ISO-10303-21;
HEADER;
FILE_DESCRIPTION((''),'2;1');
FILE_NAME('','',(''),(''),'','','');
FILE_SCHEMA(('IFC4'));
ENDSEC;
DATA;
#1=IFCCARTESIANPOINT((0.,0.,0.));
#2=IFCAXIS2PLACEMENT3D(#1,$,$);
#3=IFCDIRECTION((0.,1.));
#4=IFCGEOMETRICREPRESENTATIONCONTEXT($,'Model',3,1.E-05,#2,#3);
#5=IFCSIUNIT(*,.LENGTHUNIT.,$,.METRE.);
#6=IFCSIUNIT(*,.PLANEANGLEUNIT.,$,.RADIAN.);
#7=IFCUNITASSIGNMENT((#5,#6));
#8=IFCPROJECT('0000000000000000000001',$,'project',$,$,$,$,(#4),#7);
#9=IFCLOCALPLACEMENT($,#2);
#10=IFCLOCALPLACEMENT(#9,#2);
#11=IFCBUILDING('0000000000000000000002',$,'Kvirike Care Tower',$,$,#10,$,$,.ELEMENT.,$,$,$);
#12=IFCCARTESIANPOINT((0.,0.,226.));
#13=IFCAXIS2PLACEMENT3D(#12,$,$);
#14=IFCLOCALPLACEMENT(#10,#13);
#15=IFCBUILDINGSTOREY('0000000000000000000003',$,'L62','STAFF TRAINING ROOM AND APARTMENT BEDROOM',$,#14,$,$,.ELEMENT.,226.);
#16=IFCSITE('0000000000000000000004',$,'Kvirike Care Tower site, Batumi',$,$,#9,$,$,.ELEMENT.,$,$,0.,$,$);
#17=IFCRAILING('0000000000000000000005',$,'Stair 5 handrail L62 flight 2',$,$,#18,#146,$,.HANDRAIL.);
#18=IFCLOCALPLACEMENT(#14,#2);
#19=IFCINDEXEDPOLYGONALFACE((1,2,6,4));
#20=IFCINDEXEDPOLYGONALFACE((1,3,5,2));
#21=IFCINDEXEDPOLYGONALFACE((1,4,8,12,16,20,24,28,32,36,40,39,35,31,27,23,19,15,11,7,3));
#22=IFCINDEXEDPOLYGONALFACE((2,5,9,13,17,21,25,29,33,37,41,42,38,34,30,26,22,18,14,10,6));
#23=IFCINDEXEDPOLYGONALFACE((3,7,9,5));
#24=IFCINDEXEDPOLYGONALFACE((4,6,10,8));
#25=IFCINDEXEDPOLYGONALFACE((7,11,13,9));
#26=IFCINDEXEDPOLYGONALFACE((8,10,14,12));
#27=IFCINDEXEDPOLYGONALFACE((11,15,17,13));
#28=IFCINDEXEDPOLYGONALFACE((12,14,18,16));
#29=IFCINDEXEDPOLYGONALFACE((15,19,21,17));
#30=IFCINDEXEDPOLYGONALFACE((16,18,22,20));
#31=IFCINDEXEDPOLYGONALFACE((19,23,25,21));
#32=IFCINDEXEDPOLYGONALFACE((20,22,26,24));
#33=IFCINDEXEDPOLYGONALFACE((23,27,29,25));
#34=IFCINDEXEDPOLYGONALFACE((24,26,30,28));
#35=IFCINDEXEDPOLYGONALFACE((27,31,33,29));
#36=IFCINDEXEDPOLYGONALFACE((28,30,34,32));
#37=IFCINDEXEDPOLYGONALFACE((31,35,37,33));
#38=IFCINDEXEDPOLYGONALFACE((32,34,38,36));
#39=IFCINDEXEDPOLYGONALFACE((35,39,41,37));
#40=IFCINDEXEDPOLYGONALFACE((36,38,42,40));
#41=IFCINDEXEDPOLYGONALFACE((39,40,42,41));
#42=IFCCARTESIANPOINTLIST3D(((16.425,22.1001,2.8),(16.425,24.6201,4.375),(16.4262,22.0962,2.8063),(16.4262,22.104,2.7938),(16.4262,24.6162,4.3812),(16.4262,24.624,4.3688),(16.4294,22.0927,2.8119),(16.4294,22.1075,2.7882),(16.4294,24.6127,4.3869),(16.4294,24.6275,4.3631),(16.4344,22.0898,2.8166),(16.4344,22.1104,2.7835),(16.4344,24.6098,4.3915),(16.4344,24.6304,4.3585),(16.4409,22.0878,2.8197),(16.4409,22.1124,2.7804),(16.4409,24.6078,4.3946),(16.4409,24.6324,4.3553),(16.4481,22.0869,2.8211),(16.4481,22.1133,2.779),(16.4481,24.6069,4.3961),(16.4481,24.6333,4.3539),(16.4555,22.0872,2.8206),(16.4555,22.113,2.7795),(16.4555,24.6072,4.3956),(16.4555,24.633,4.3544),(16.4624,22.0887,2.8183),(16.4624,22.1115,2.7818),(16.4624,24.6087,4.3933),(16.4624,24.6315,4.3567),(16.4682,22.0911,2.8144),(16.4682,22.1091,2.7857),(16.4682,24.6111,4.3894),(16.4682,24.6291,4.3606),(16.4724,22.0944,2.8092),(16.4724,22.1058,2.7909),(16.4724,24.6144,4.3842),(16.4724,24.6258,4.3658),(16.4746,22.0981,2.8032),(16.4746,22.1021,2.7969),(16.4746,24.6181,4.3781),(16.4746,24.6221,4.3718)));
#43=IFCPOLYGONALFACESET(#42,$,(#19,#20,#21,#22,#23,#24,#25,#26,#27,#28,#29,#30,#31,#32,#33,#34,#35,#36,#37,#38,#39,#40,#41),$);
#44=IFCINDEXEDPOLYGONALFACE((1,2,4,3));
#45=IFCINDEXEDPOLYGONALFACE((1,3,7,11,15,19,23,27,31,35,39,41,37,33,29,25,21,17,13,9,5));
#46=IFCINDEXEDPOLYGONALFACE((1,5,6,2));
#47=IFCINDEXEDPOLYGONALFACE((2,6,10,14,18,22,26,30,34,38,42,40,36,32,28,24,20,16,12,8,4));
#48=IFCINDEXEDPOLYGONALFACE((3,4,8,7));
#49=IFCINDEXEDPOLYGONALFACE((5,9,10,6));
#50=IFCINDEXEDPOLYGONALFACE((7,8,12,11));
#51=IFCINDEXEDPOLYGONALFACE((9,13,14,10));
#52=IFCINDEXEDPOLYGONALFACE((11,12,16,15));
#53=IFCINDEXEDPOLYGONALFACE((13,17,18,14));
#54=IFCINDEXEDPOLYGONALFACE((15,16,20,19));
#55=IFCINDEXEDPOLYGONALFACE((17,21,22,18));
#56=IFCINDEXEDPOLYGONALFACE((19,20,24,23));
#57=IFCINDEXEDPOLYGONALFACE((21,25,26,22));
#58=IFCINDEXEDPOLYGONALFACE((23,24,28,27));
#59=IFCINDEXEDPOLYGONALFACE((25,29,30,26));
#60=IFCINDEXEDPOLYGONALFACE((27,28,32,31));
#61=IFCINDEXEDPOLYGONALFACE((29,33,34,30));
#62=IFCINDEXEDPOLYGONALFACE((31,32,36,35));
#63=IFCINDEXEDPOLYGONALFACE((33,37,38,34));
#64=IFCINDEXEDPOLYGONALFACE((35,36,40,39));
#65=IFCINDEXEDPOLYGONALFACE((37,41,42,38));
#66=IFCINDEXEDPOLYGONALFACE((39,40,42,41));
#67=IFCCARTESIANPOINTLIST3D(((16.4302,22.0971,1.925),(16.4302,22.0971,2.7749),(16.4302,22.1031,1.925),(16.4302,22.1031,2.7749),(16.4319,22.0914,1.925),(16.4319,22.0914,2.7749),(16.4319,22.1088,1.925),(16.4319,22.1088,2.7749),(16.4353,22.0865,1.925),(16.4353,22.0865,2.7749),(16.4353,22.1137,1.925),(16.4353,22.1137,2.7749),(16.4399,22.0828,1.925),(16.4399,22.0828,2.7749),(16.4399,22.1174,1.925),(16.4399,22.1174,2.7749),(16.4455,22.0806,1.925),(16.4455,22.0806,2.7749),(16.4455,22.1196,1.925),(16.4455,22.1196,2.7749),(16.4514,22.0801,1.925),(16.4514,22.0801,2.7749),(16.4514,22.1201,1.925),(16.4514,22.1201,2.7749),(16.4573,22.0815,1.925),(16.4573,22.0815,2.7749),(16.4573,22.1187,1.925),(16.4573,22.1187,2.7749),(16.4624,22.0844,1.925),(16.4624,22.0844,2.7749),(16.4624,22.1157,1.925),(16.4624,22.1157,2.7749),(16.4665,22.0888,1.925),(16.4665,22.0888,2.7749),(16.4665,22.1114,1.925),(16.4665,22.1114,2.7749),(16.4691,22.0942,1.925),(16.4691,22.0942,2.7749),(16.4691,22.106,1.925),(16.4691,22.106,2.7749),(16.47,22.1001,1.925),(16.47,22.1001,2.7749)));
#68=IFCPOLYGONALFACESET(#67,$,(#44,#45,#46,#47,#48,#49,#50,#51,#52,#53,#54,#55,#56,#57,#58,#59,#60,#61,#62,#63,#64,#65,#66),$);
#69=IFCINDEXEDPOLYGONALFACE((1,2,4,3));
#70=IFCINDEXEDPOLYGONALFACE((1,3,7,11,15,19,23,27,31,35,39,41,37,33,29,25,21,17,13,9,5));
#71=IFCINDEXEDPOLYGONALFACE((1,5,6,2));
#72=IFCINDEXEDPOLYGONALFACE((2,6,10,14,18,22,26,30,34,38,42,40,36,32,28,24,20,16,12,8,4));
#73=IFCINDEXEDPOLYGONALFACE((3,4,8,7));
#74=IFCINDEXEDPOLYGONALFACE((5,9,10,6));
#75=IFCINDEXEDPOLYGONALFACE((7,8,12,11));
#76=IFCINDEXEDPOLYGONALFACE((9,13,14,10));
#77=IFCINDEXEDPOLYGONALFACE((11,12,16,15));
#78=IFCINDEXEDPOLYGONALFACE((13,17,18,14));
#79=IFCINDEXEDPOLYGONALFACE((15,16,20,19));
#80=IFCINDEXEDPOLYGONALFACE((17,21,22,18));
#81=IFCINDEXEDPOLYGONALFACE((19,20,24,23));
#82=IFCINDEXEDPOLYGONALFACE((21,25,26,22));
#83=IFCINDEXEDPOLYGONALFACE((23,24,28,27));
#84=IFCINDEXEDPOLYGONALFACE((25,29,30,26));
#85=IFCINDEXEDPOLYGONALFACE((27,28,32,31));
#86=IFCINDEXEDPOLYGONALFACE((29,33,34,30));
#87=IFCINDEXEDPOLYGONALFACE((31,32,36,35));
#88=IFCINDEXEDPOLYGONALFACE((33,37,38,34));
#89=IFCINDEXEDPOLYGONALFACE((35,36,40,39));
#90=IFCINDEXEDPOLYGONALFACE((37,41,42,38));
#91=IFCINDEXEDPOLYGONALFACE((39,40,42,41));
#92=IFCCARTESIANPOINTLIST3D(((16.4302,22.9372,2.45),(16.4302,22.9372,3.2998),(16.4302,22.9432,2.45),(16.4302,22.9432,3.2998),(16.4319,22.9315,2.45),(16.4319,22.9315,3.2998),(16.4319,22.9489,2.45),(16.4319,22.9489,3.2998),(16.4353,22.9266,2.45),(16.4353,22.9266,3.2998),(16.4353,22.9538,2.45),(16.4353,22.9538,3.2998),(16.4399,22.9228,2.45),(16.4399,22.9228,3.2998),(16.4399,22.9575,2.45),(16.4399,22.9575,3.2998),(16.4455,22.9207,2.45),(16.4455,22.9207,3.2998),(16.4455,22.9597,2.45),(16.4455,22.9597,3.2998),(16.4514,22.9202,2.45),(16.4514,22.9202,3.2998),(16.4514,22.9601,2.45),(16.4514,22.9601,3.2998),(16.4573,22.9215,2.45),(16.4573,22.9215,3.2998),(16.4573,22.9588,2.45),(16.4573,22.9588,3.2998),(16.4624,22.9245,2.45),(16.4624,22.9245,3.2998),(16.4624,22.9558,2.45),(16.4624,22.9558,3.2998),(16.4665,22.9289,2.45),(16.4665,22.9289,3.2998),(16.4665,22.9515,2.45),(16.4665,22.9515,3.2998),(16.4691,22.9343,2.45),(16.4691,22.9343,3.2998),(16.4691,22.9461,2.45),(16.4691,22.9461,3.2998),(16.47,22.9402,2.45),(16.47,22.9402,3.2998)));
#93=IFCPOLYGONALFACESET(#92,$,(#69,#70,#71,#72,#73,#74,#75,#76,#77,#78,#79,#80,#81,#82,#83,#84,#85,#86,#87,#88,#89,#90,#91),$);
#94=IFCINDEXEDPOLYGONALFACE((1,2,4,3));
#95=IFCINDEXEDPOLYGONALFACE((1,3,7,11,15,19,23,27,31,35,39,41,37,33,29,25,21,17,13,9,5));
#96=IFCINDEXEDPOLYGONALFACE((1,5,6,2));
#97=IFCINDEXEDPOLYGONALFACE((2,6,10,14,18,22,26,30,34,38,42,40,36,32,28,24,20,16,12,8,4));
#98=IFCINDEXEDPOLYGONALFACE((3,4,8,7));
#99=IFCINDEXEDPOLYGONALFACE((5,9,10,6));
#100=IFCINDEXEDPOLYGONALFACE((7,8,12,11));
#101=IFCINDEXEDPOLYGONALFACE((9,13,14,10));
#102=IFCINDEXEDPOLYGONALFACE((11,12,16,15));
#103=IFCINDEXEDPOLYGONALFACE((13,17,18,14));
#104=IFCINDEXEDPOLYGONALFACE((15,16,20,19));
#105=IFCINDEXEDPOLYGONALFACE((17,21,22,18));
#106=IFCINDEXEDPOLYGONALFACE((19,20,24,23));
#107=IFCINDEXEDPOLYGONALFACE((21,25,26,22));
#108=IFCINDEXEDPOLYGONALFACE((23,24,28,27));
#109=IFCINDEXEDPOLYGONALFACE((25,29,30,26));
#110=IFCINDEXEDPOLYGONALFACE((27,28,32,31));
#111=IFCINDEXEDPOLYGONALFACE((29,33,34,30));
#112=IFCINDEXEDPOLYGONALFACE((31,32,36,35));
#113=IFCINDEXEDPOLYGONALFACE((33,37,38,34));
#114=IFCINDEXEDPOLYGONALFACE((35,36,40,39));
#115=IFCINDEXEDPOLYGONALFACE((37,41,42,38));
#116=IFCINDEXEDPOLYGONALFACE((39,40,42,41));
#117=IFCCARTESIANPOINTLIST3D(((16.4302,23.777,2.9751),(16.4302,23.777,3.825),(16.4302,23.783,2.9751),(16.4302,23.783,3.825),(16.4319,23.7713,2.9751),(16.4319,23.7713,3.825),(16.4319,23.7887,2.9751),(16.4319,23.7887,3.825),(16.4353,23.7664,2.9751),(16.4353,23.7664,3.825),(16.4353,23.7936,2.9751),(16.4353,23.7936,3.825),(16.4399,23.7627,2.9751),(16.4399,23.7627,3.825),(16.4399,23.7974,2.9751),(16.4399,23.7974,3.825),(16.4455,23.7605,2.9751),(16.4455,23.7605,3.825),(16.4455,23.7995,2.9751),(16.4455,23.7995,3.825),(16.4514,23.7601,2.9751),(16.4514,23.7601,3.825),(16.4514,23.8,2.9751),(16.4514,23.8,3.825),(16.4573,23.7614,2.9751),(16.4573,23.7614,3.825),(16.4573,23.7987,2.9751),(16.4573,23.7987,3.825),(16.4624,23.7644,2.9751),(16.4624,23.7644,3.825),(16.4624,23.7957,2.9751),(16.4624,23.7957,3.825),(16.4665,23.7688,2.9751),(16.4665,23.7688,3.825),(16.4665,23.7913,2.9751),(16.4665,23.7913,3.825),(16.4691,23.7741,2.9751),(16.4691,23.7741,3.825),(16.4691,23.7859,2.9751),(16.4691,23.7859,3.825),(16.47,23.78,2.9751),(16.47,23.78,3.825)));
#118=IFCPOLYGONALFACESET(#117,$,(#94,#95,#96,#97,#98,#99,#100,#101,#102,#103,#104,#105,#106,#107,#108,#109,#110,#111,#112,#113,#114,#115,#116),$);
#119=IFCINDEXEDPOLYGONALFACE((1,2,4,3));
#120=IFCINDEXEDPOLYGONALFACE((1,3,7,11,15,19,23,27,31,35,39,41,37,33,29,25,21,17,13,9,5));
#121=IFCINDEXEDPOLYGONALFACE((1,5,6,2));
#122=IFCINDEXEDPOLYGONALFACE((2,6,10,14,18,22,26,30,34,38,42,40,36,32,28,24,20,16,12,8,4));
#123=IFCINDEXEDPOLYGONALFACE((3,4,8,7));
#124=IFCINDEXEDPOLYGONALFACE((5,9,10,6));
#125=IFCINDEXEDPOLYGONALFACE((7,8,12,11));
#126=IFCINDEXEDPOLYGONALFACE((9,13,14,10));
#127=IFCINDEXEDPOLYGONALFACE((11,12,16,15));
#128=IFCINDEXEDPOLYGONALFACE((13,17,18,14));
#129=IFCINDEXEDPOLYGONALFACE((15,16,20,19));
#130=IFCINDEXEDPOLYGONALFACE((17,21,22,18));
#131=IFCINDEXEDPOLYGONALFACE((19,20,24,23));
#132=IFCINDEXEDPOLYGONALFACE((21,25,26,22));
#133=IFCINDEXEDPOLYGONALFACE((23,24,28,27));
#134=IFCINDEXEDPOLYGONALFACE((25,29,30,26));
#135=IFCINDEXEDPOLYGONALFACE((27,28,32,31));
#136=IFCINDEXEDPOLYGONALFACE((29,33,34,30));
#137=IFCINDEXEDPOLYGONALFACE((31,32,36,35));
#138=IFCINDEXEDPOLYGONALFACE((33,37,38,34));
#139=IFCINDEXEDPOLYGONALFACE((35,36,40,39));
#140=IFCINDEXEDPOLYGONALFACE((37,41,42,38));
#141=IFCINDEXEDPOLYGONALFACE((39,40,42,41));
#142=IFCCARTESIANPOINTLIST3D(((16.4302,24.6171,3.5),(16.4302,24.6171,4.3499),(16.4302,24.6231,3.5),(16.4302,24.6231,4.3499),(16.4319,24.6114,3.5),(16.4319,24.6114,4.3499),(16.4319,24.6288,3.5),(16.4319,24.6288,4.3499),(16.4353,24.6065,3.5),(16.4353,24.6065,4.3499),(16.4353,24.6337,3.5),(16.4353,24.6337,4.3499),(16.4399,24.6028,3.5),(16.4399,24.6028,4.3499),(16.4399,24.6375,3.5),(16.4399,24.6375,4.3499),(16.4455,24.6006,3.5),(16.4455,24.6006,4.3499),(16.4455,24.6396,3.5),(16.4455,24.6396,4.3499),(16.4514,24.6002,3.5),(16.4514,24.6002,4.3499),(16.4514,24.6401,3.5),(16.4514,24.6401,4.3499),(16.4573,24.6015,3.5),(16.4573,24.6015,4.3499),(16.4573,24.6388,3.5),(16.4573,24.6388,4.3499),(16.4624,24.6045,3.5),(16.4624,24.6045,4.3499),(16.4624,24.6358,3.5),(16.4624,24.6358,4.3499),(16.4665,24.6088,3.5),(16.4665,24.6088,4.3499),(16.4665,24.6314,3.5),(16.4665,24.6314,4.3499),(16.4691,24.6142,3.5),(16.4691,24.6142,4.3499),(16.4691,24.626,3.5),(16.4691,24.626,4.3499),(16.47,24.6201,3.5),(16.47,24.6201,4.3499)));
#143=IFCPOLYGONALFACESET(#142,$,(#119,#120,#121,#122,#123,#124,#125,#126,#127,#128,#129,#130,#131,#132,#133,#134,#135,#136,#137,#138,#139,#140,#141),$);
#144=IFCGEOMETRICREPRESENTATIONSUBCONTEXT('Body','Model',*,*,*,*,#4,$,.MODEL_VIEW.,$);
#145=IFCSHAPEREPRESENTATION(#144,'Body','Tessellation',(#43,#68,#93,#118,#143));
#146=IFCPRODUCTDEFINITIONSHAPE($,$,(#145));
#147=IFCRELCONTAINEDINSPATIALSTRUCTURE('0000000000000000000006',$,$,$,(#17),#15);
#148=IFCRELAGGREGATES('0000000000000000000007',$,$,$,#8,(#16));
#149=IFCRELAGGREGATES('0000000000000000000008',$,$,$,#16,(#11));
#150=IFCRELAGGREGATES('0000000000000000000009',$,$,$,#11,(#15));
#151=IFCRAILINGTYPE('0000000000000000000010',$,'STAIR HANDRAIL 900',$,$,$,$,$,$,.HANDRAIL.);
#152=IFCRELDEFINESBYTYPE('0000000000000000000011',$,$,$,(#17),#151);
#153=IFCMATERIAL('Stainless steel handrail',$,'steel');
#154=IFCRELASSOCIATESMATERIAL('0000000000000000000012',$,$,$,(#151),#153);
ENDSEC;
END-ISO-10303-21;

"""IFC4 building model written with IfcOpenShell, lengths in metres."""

from ifc_helpers import new_model, si_unit, direction, frame, origin, origin_2d, place, context, subcontext, project, spatial, circle, extrude, material, type_object, element, save


model = new_model("IFC4")

# Units and contexts
model_context = context("Model", 3, precision=1e-05, world=origin(), true_north=direction((0.0, 1.0)))
body_context = subcontext(model_context, "Body", "Model", "MODEL_VIEW")
ifc_project = project(units=[si_unit("LENGTHUNIT", "METRE"), si_unit("PLANEANGLEUNIT", "RADIAN")], contexts=[model_context])

# Site, building, storey
site_placement = place(None, origin())
site = spatial("IfcSite", under=ifc_project, at=site_placement, Name="Kvirike Care Tower site, Batumi", CompositionType="ELEMENT", RefElevation=0.0)
building_placement = place(site_placement, origin())
building = spatial("IfcBuilding", under=site, at=building_placement, Name="Kvirike Care Tower", CompositionType="ELEMENT")
storey_placement = place(building_placement, frame((0.0, 0.0, 226.0)))
storey = spatial("IfcBuildingStorey", under=building, at=storey_placement, Name="L62", Description="STAFF TRAINING ROOM AND APARTMENT BEDROOM", CompositionType="ELEMENT", Elevation=226.0)

# Railing
ifc_material_1 = material(Name="Stainless steel handrail", Category="steel")
railing_type = type_object("IfcRailingType", Name="STAIR HANDRAIL 900", PredefinedType="HANDRAIL", material=ifc_material_1)
railing_1_placement = place(storey_placement, frame((16.45, 22.1001, 1.925)))
element("IfcRailing", 1, at=railing_1_placement, inside=storey, type_object=railing_type, Name="Stair 5 handrail L62 flight 2", PredefinedType="HANDRAIL", context=body_context, shape_type="SweptSolid", body=[
    extrude(circle(Radius=0.0249, at=origin_2d()), frame((0.0, 0.0, 0.875), z_axis=(0.0, 0.848008, 0.529984), x_axis=(-1.0, 0.0, 0.0)), (0.0, 0.0, 1.0), 2.9717),
    extrude(circle(Radius=0.02, at=origin_2d()), origin(), (0.0, 0.0, 1.0), 0.8499),
    extrude(circle(Radius=0.02, at=origin_2d()), frame((0.0, 0.8401, 0.5249)), (0.0, 0.0, 1.0), 0.8499),
    extrude(circle(Radius=0.02, at=origin_2d()), frame((0.0, 1.6799, 1.05)), (0.0, 0.0, 1.0), 0.8499),
    extrude(circle(Radius=0.02, at=origin_2d()), frame((0.0, 2.52, 1.575)), (0.0, 0.0, 1.0), 0.8499),
])

save(model, "model.ifc")
